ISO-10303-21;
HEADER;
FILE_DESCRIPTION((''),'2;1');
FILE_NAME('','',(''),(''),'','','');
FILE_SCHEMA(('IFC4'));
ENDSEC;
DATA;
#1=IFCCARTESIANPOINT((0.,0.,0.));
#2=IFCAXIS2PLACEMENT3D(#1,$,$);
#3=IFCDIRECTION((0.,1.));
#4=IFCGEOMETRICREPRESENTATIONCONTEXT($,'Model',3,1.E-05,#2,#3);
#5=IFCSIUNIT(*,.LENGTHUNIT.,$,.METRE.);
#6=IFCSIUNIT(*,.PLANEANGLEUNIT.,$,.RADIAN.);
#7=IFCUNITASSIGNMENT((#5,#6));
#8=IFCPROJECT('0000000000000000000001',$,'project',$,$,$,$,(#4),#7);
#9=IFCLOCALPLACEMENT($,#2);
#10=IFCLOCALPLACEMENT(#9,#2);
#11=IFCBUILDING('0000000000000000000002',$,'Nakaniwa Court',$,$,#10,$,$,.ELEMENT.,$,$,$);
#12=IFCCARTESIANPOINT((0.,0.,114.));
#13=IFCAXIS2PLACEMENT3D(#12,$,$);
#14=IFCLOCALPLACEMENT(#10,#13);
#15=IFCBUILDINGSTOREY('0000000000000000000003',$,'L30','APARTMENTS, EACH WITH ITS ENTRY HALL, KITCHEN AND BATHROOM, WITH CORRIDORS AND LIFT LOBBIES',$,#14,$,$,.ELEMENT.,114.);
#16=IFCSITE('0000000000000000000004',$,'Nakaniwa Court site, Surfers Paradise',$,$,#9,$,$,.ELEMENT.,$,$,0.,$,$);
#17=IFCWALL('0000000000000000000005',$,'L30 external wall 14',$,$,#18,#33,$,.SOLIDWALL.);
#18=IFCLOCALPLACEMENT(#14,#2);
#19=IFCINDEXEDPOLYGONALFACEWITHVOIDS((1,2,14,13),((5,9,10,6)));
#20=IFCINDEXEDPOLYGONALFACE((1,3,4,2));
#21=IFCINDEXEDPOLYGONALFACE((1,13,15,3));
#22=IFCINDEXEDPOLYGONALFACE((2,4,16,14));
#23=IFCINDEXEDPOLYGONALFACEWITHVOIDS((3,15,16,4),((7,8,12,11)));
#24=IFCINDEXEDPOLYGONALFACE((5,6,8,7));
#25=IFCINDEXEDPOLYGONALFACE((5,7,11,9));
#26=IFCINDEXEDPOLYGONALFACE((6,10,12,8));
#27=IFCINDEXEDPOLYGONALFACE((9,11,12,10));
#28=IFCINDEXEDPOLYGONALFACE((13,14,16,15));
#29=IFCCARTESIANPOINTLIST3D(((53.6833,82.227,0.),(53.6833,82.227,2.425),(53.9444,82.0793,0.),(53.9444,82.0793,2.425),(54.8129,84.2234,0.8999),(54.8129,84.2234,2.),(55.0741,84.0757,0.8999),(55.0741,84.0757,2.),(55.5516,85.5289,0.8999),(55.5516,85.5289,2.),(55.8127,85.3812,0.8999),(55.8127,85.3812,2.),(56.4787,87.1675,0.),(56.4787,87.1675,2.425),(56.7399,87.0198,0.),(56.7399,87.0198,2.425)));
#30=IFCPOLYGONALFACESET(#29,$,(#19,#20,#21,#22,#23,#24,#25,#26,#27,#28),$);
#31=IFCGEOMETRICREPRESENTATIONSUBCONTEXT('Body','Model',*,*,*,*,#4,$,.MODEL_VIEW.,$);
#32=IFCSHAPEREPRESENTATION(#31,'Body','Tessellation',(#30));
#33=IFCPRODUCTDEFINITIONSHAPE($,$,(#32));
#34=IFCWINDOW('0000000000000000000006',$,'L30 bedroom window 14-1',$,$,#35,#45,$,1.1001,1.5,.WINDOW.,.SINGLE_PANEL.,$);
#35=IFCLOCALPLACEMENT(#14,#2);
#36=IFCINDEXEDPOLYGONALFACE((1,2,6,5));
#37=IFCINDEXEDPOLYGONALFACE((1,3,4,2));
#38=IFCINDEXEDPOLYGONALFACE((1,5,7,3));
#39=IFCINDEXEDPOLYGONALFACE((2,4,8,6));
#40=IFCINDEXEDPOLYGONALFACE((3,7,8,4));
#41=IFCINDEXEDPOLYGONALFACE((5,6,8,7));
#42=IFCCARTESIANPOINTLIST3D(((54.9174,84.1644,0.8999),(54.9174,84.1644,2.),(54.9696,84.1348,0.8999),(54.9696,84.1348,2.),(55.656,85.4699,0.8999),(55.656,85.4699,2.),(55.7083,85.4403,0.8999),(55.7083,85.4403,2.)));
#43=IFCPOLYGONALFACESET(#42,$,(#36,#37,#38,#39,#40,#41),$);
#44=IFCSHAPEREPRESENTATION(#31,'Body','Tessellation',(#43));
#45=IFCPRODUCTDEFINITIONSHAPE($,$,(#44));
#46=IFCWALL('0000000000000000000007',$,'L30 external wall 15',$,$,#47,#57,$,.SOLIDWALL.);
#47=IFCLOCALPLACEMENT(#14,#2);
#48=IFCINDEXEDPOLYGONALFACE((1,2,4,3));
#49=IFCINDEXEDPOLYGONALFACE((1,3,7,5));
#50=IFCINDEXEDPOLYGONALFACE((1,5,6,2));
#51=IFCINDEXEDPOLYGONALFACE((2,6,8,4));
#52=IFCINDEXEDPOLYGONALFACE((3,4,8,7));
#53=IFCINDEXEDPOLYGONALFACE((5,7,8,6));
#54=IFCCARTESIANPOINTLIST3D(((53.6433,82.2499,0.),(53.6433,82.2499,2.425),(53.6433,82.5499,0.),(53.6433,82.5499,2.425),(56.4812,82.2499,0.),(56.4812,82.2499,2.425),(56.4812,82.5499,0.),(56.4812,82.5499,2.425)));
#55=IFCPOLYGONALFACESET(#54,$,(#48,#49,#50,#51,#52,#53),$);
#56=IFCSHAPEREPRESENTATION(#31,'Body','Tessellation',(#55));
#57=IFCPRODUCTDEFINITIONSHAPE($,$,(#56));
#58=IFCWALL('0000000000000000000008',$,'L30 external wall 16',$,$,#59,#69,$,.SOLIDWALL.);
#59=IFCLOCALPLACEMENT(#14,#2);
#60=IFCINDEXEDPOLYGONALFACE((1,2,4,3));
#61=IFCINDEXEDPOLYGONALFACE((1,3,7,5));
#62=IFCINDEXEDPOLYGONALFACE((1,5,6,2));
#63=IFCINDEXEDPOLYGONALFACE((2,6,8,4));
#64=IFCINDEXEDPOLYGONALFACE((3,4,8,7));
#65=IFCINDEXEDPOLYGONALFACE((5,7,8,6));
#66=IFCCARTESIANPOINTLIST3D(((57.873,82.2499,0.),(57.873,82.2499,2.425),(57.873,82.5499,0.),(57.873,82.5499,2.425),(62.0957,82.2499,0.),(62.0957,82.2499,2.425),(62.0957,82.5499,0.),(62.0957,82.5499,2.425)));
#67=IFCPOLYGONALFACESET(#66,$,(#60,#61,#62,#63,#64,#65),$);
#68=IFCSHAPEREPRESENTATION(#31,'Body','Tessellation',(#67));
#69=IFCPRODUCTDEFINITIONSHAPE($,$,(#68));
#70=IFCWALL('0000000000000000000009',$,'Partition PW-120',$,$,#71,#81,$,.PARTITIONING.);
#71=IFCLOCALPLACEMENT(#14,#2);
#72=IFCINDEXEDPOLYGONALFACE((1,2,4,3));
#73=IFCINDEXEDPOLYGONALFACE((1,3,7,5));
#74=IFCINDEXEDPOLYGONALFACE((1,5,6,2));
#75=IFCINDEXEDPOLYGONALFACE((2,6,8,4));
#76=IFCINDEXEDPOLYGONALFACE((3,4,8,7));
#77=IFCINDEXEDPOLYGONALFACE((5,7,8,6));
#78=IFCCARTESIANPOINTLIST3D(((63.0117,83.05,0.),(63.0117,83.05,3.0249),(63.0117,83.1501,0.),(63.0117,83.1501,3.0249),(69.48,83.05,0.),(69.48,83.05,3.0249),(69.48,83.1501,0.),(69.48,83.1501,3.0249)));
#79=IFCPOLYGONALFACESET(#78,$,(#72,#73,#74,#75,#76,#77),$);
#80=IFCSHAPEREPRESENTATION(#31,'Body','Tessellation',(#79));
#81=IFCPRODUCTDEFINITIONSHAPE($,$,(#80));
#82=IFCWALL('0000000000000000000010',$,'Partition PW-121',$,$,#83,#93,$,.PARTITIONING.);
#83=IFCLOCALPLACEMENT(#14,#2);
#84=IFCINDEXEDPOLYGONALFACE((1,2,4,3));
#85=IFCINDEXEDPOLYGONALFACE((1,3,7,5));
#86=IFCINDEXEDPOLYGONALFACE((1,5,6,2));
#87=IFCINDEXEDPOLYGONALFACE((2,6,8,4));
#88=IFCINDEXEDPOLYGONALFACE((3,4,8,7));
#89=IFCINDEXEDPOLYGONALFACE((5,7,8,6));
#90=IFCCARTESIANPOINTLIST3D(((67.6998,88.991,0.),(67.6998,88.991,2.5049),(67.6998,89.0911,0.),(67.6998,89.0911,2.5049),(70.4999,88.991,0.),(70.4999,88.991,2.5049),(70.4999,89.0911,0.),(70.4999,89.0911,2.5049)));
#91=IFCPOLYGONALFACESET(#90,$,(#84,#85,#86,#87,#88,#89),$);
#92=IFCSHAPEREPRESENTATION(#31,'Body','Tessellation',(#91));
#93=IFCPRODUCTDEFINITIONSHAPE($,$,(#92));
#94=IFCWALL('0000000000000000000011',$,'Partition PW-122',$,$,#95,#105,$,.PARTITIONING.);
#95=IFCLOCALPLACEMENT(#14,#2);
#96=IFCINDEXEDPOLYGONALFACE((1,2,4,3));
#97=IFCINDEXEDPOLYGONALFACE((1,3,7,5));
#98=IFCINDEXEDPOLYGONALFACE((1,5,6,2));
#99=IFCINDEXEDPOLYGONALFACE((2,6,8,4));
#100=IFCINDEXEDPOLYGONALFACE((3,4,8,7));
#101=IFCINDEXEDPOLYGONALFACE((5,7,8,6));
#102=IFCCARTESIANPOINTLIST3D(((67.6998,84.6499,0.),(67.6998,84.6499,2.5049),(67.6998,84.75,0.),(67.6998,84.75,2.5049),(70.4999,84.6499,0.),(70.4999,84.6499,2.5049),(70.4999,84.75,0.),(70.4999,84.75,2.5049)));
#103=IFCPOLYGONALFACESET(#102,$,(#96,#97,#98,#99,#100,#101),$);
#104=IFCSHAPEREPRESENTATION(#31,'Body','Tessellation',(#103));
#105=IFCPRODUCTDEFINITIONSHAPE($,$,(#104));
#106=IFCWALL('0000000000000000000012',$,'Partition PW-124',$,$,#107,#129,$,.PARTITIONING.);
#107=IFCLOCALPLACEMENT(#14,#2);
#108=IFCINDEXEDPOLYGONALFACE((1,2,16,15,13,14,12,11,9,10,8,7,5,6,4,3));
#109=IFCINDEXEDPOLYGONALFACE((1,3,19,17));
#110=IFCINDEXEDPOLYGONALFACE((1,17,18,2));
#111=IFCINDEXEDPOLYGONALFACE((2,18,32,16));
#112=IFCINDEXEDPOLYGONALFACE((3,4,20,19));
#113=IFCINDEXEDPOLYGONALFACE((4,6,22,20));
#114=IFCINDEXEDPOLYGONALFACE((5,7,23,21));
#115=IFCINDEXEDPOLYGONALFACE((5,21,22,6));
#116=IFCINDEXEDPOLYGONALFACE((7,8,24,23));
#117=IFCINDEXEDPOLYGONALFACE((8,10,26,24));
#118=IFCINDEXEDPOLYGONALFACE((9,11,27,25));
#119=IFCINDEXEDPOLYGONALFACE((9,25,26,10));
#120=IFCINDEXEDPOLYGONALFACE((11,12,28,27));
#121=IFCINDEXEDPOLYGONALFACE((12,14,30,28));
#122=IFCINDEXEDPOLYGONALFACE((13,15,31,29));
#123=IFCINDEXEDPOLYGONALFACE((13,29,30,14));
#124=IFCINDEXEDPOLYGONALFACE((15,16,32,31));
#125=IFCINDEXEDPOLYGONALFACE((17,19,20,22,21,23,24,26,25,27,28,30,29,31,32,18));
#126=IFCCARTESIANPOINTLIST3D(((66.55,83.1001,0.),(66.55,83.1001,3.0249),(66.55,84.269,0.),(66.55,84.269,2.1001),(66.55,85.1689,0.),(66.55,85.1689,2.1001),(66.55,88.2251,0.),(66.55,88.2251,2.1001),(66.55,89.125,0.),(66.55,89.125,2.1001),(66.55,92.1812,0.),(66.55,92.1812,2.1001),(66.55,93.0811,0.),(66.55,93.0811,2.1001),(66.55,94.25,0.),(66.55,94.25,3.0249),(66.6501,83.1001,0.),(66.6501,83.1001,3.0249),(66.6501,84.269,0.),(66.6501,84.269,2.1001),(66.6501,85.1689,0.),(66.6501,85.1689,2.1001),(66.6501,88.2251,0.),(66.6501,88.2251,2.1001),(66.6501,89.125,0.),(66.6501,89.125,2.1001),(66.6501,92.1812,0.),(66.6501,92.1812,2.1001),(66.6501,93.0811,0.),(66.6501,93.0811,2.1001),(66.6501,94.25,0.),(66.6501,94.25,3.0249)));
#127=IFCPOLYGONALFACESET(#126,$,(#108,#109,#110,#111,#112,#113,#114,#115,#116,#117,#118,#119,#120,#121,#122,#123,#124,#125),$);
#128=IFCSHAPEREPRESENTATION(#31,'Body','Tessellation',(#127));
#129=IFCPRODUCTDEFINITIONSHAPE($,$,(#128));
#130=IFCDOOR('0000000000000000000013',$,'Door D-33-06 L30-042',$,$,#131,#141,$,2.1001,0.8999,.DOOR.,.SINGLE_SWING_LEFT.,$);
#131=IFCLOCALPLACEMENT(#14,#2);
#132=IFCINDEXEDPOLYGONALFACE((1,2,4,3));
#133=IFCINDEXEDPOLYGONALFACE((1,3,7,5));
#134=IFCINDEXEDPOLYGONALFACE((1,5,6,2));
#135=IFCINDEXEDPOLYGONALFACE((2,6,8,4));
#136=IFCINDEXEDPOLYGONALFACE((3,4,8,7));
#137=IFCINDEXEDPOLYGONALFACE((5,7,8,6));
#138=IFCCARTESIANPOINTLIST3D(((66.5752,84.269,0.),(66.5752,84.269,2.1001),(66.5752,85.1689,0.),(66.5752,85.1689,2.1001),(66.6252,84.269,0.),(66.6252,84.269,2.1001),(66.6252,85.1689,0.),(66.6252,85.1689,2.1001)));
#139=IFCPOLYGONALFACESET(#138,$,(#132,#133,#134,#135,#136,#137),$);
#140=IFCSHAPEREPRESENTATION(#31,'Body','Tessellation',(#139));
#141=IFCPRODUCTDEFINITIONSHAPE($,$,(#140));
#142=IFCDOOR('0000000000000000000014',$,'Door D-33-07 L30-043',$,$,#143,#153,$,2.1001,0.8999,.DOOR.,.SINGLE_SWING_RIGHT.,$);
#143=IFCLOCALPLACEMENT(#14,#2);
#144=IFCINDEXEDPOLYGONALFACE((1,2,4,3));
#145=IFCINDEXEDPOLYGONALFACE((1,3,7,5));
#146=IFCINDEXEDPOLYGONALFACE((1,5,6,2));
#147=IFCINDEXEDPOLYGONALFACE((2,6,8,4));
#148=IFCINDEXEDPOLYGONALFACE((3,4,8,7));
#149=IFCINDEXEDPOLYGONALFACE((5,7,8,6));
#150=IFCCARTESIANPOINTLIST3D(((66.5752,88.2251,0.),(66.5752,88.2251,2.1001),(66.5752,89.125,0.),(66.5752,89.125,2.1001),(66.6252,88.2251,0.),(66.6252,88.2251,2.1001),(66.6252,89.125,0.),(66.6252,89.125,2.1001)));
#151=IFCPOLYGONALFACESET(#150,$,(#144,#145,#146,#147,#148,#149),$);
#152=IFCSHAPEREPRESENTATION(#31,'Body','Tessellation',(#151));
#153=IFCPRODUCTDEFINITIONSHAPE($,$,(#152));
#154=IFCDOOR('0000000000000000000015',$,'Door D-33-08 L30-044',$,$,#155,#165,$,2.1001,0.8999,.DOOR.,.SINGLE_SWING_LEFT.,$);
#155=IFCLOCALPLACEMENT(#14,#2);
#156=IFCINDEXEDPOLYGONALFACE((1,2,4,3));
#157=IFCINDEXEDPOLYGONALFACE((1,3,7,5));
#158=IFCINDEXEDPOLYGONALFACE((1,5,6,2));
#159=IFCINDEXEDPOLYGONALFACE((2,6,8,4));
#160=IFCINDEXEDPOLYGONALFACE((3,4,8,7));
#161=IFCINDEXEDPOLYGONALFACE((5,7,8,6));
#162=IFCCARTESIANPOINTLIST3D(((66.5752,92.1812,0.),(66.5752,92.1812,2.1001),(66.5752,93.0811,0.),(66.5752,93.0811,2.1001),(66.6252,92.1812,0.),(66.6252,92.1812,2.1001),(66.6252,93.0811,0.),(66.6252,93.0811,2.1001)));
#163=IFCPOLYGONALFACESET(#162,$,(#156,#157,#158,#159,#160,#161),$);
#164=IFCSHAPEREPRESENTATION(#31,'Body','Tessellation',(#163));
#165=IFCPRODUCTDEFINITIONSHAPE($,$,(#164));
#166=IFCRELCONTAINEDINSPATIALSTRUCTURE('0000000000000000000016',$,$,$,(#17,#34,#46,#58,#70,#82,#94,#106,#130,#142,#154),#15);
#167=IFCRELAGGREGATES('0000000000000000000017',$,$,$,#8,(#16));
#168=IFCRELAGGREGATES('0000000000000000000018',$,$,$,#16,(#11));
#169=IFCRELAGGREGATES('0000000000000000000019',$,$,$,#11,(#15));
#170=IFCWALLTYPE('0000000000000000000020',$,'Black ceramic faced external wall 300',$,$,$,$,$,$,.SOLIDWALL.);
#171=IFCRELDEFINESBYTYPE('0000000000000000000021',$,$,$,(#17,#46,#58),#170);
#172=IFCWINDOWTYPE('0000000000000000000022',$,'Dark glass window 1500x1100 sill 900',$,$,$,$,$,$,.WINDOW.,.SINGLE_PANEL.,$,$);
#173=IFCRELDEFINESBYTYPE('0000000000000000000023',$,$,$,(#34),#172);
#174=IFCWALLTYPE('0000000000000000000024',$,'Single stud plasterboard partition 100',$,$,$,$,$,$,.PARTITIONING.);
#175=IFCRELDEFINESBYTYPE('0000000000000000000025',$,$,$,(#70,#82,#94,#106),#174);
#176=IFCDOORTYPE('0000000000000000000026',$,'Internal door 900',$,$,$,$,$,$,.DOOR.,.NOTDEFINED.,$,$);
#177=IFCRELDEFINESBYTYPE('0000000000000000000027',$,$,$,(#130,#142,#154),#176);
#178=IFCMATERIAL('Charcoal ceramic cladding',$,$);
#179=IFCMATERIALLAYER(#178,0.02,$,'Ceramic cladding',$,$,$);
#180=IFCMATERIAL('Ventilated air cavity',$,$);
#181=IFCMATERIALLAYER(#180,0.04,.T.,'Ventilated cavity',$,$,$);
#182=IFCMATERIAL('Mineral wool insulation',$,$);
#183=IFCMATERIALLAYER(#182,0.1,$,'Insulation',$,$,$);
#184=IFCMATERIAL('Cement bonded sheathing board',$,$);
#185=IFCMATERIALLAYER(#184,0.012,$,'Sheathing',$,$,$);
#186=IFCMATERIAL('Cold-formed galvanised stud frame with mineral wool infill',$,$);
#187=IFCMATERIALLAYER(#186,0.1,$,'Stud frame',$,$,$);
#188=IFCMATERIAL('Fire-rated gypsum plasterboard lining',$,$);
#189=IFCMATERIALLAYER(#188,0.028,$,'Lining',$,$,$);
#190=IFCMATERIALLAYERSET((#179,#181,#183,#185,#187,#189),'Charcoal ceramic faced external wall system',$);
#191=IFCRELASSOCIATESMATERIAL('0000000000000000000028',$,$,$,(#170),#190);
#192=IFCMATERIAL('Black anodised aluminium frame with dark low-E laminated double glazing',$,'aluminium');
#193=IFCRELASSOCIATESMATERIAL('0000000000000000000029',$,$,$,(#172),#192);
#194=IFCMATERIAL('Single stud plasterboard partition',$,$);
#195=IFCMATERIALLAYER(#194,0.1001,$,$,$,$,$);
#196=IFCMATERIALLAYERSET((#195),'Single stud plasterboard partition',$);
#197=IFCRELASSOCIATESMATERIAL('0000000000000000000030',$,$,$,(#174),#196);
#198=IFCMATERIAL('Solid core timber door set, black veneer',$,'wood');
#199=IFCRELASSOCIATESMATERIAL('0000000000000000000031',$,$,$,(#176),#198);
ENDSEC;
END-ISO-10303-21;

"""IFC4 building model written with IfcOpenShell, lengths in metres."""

from ifc_helpers import new_model, si_unit, direction, frame, frame_2d, origin, place, context, subcontext, project, spatial, rectangle, extrude, material, layer, layer_set, type_object, element, fill, save


model = new_model("IFC4")

# Units and contexts
model_context = context("Model", 3, precision=1e-05, world=origin(), true_north=direction((0.0, 1.0)))
body_context = subcontext(model_context, "Body", "Model", "MODEL_VIEW")
ifc_project = project(units=[si_unit("LENGTHUNIT", "METRE"), si_unit("PLANEANGLEUNIT", "RADIAN")], contexts=[model_context])

# Site, building, storey
site_placement = place(None, origin())
site = spatial("IfcSite", under=ifc_project, at=site_placement, Name="Nakaniwa Court site, Surfers Paradise", CompositionType="ELEMENT", RefElevation=0.0)
building_placement = place(site_placement, origin())
building = spatial("IfcBuilding", under=site, at=building_placement, Name="Nakaniwa Court", CompositionType="ELEMENT")
storey_placement = place(building_placement, frame((0.0, 0.0, 114.0)))
storey = spatial("IfcBuildingStorey", under=building, at=storey_placement, Name="L30", Description="APARTMENTS, EACH WITH ITS ENTRY HALL, KITCHEN AND BATHROOM, WITH CORRIDORS AND LIFT LOBBIES", CompositionType="ELEMENT", Elevation=114.0)

# Shared definitions
ifc_material_1 = material(Name="Charcoal ceramic cladding")
ifc_layer_1 = layer(ifc_material_1, 0.02, Name="Ceramic cladding")
ifc_material_2 = material(Name="Ventilated air cavity")
ifc_layer_2 = layer(ifc_material_2, 0.04, ventilated=True, Name="Ventilated cavity")
ifc_material_3 = material(Name="Mineral wool insulation")
ifc_layer_3 = layer(ifc_material_3, 0.1, Name="Insulation")
ifc_material_4 = material(Name="Cement bonded sheathing board")
ifc_layer_4 = layer(ifc_material_4, 0.012, Name="Sheathing")
ifc_material_5 = material(Name="Cold-formed galvanised stud frame with mineral wool infill")
ifc_layer_5 = layer(ifc_material_5, 0.1, Name="Stud frame")
ifc_material_6 = material(Name="Fire-rated gypsum plasterboard lining")
ifc_layer_6 = layer(ifc_material_6, 0.028, Name="Lining")
ifc_layer_set_1 = layer_set([ifc_layer_1, ifc_layer_2, ifc_layer_3, ifc_layer_4, ifc_layer_5, ifc_layer_6], Name="Charcoal ceramic faced external wall system")
wall_type_1 = type_object("IfcWallType", Name="Black ceramic faced external wall 300", PredefinedType="SOLIDWALL", material=ifc_layer_set_1)

# Wall, opening, window
wall_1_placement = place(storey_placement, frame((56.6094, 87.0938, 0.0), z_axis=(0.0, 0.0, 1.0), x_axis=(-0.492457, -0.870337, 0.0)))
wall_1 = element("IfcWall", 1, at=wall_1_placement, inside=storey, type_object=wall_type_1, Name="L30 external wall 14", PredefinedType="SOLIDWALL", context=body_context, shape_type="SweptSolid", body=[
    extrude(rectangle(XDim=5.6765, YDim=0.3, at=frame_2d((2.8384, 0.0))), origin(), (0.0, 0.0, 1.0), 2.425),
])
opening_1_placement = place(wall_1_placement, frame((1.8828, 0.0, 0.8999)))
opening_1 = element("IfcOpeningElement", 2, at=opening_1_placement, cuts=wall_1, PredefinedType="OPENING", context=body_context, shape_type="SweptSolid", body=[
    extrude(rectangle(XDim=1.5, YDim=1.1001, at=frame_2d((0.75, 0.55))), frame((0.0, 0.1599, 0.0), z_axis=(0.0, -1.0, 0.0), x_axis=(1.0, 0.0, 0.0)), (0.0, 0.0, 1.0), 0.3201),
])
ifc_material_7 = material(Name="Black anodised aluminium frame with dark low-E laminated double glazing", Category="aluminium")
window_type = type_object("IfcWindowType", Name="Dark glass window 1500x1100 sill 900", PartitioningType="SINGLE_PANEL", PredefinedType="WINDOW", material=ifc_material_7)
window_placement = place(opening_1_placement, origin())
window = element("IfcWindow", 3, at=window_placement, inside=storey, type_object=window_type, Name="L30 bedroom window 14-1", OverallHeight=1.1001, OverallWidth=1.5, PartitioningType="SINGLE_PANEL", PredefinedType="WINDOW", context=body_context, shape_type="SweptSolid", body=[
    extrude(rectangle(XDim=1.5, YDim=1.1001, at=frame_2d((0.75, 0.55))), frame((0.0, 0.03, 0.0), z_axis=(0.0, -1.0, 0.0), x_axis=(1.0, 0.0, 0.0)), (0.0, 0.0, 1.0), 0.0601),
])
fill(opening_1, window)

# Walls
wall_2_placement = place(storey_placement, frame((53.6433, 82.3999, 0.0), z_axis=(0.0, 0.0, 1.0), x_axis=(1.0, 0.0, 0.0)))
element("IfcWall", 4, at=wall_2_placement, inside=storey, type_object=wall_type_1, Name="L30 external wall 15", PredefinedType="SOLIDWALL", context=body_context, shape_type="SweptSolid", body=[
    extrude(rectangle(XDim=2.8379, YDim=0.3, at=frame_2d((1.4189, 0.0))), origin(), (0.0, 0.0, 1.0), 2.425),
])
wall_3_placement = place(storey_placement, frame((57.873, 82.3999, 0.0), z_axis=(0.0, 0.0, 1.0), x_axis=(1.0, 0.0, 0.0)))
element("IfcWall", 5, at=wall_3_placement, inside=storey, type_object=wall_type_1, Name="L30 external wall 16", PredefinedType="SOLIDWALL", context=body_context, shape_type="SweptSolid", body=[
    extrude(rectangle(XDim=4.2227, YDim=0.3, at=frame_2d((2.1113, 0.0))), origin(), (0.0, 0.0, 1.0), 2.425),
])
ifc_material_8 = material(Name="Single stud plasterboard partition")
ifc_layer_7 = layer(ifc_material_8, 0.1001)
ifc_layer_set_2 = layer_set([ifc_layer_7], Name="Single stud plasterboard partition")
wall_type_2 = type_object("IfcWallType", Name="Single stud plasterboard partition 100", PredefinedType="PARTITIONING", material=ifc_layer_set_2)
wall_4_placement = place(storey_placement, frame((63.0117, 83.1001, 0.0), z_axis=(0.0, 0.0, 1.0), x_axis=(1.0, 0.0, 0.0)))
element("IfcWall", 6, at=wall_4_placement, inside=storey, type_object=wall_type_2, Name="Partition PW-120", PredefinedType="PARTITIONING", context=body_context, shape_type="SweptSolid", body=[
    extrude(rectangle(XDim=6.4683, YDim=0.1001, at=frame_2d((3.2341, 0.0))), origin(), (0.0, 0.0, 1.0), 3.0249),
])
for number, where, z_axis, x_axis, name in (
    (7, (67.7, 89.041, 0.0), (0.0, 0.0, 1.0), (1.0, 0.0, 0.0), "Partition PW-121"),
    (8, (67.7, 84.7, 0.0), (0.0, 0.0, 1.0), (1.0, 0.0, 0.0), "Partition PW-122"),
):
    element("IfcWall", number, at=place(storey_placement, frame(where, z_axis=z_axis, x_axis=x_axis)), inside=storey, type_object=wall_type_2, Name=name, PredefinedType="PARTITIONING", context=body_context, shape_type="SweptSolid", body=[
        extrude(rectangle(XDim=2.8, YDim=0.1001, at=frame_2d((1.3999, 0.0))), origin(), (0.0, 0.0, 1.0), 2.5049),
    ])

# Wall, openings, doors
wall_5_placement = place(storey_placement, frame((66.6001, 83.1001, 0.0), z_axis=(0.0, 0.0, 1.0), x_axis=(0.0, 1.0, 0.0)))
wall_5 = element("IfcWall", 9, at=wall_5_placement, inside=storey, type_object=wall_type_2, Name="Partition PW-124", PredefinedType="PARTITIONING", context=body_context, shape_type="SweptSolid", body=[
    extrude(rectangle(XDim=11.1499, YDim=0.1001, at=frame_2d((5.575, 0.0))), origin(), (0.0, 0.0, 1.0), 3.0249),
])
opening_2_placement = place(wall_5_placement, frame((1.1689, 0.0, 0.0)))
opening_2 = element("IfcOpeningElement", 10, at=opening_2_placement, cuts=wall_5, PredefinedType="OPENING", context=body_context, shape_type="SweptSolid", body=[
    extrude(rectangle(XDim=0.8999, YDim=2.1001, at=frame_2d((0.45, 1.05))), frame((0.0, 0.0601, 0.0), z_axis=(0.0, -1.0, 0.0), x_axis=(1.0, 0.0, 0.0)), (0.0, 0.0, 1.0), 0.1201),
])
opening_3_placement = place(wall_5_placement, frame((5.125, 0.0, 0.0)))
opening_3 = element("IfcOpeningElement", 11, at=opening_3_placement, cuts=wall_5, PredefinedType="OPENING", context=body_context, shape_type="SweptSolid", body=[
    extrude(rectangle(XDim=0.8999, YDim=2.1001, at=frame_2d((0.45, 1.05))), frame((0.0, 0.0601, 0.0), z_axis=(0.0, -1.0, 0.0), x_axis=(1.0, 0.0, 0.0)), (0.0, 0.0, 1.0), 0.1201),
])
opening_4_placement = place(wall_5_placement, frame((9.0811, 0.0, 0.0)))
opening_4 = element("IfcOpeningElement", 12, at=opening_4_placement, cuts=wall_5, PredefinedType="OPENING", context=body_context, shape_type="SweptSolid", body=[
    extrude(rectangle(XDim=0.8999, YDim=2.1001, at=frame_2d((0.45, 1.05))), frame((0.0, 0.0601, 0.0), z_axis=(0.0, -1.0, 0.0), x_axis=(1.0, 0.0, 0.0)), (0.0, 0.0, 1.0), 0.1201),
])
ifc_material_9 = material(Name="Solid core timber door set, black veneer", Category="wood")
door_type_1 = type_object("IfcDoorType", Name="Internal door 900", OperationType="NOTDEFINED", PredefinedType="DOOR", material=ifc_material_9)
door_1_placement = place(opening_2_placement, origin())
door_1 = element("IfcDoor", 13, at=door_1_placement, inside=storey, type_object=door_type_1, Name="Door D-33-06 L30-042", OperationType="SINGLE_SWING_LEFT", OverallHeight=2.1001, OverallWidth=0.8999, PredefinedType="DOOR", context=body_context, shape_type="SweptSolid", body=[
    extrude(rectangle(XDim=0.8999, YDim=2.1001, at=frame_2d((0.45, 1.05))), frame((0.0, 0.0249, 0.0), z_axis=(0.0, -1.0, 0.0), x_axis=(1.0, 0.0, 0.0)), (0.0, 0.0, 1.0), 0.05),
])
fill(opening_2, door_1)
door_2_placement = place(opening_3_placement, origin())
door_2 = element("IfcDoor", 14, at=door_2_placement, inside=storey, type_object=door_type_1, Name="Door D-33-07 L30-043", OperationType="SINGLE_SWING_RIGHT", OverallHeight=2.1001, OverallWidth=0.8999, PredefinedType="DOOR", context=body_context, shape_type="SweptSolid", body=[
    extrude(rectangle(XDim=0.8999, YDim=2.1001, at=frame_2d((0.45, 1.05))), frame((0.0, 0.0249, 0.0), z_axis=(0.0, -1.0, 0.0), x_axis=(1.0, 0.0, 0.0)), (0.0, 0.0, 1.0), 0.05),
])
fill(opening_3, door_2)
door_3_placement = place(opening_4_placement, origin())
door_3 = element("IfcDoor", 15, at=door_3_placement, inside=storey, type_object=door_type_1, Name="Door D-33-08 L30-044", OperationType="SINGLE_SWING_LEFT", OverallHeight=2.1001, OverallWidth=0.8999, PredefinedType="DOOR", context=body_context, shape_type="SweptSolid", body=[
    extrude(rectangle(XDim=0.8999, YDim=2.1001, at=frame_2d((0.45, 1.05))), frame((0.0, 0.0249, 0.0), z_axis=(0.0, -1.0, 0.0), x_axis=(1.0, 0.0, 0.0)), (0.0, 0.0, 1.0), 0.05),
])
fill(opening_4, door_3)

save(model, "model.ifc")
